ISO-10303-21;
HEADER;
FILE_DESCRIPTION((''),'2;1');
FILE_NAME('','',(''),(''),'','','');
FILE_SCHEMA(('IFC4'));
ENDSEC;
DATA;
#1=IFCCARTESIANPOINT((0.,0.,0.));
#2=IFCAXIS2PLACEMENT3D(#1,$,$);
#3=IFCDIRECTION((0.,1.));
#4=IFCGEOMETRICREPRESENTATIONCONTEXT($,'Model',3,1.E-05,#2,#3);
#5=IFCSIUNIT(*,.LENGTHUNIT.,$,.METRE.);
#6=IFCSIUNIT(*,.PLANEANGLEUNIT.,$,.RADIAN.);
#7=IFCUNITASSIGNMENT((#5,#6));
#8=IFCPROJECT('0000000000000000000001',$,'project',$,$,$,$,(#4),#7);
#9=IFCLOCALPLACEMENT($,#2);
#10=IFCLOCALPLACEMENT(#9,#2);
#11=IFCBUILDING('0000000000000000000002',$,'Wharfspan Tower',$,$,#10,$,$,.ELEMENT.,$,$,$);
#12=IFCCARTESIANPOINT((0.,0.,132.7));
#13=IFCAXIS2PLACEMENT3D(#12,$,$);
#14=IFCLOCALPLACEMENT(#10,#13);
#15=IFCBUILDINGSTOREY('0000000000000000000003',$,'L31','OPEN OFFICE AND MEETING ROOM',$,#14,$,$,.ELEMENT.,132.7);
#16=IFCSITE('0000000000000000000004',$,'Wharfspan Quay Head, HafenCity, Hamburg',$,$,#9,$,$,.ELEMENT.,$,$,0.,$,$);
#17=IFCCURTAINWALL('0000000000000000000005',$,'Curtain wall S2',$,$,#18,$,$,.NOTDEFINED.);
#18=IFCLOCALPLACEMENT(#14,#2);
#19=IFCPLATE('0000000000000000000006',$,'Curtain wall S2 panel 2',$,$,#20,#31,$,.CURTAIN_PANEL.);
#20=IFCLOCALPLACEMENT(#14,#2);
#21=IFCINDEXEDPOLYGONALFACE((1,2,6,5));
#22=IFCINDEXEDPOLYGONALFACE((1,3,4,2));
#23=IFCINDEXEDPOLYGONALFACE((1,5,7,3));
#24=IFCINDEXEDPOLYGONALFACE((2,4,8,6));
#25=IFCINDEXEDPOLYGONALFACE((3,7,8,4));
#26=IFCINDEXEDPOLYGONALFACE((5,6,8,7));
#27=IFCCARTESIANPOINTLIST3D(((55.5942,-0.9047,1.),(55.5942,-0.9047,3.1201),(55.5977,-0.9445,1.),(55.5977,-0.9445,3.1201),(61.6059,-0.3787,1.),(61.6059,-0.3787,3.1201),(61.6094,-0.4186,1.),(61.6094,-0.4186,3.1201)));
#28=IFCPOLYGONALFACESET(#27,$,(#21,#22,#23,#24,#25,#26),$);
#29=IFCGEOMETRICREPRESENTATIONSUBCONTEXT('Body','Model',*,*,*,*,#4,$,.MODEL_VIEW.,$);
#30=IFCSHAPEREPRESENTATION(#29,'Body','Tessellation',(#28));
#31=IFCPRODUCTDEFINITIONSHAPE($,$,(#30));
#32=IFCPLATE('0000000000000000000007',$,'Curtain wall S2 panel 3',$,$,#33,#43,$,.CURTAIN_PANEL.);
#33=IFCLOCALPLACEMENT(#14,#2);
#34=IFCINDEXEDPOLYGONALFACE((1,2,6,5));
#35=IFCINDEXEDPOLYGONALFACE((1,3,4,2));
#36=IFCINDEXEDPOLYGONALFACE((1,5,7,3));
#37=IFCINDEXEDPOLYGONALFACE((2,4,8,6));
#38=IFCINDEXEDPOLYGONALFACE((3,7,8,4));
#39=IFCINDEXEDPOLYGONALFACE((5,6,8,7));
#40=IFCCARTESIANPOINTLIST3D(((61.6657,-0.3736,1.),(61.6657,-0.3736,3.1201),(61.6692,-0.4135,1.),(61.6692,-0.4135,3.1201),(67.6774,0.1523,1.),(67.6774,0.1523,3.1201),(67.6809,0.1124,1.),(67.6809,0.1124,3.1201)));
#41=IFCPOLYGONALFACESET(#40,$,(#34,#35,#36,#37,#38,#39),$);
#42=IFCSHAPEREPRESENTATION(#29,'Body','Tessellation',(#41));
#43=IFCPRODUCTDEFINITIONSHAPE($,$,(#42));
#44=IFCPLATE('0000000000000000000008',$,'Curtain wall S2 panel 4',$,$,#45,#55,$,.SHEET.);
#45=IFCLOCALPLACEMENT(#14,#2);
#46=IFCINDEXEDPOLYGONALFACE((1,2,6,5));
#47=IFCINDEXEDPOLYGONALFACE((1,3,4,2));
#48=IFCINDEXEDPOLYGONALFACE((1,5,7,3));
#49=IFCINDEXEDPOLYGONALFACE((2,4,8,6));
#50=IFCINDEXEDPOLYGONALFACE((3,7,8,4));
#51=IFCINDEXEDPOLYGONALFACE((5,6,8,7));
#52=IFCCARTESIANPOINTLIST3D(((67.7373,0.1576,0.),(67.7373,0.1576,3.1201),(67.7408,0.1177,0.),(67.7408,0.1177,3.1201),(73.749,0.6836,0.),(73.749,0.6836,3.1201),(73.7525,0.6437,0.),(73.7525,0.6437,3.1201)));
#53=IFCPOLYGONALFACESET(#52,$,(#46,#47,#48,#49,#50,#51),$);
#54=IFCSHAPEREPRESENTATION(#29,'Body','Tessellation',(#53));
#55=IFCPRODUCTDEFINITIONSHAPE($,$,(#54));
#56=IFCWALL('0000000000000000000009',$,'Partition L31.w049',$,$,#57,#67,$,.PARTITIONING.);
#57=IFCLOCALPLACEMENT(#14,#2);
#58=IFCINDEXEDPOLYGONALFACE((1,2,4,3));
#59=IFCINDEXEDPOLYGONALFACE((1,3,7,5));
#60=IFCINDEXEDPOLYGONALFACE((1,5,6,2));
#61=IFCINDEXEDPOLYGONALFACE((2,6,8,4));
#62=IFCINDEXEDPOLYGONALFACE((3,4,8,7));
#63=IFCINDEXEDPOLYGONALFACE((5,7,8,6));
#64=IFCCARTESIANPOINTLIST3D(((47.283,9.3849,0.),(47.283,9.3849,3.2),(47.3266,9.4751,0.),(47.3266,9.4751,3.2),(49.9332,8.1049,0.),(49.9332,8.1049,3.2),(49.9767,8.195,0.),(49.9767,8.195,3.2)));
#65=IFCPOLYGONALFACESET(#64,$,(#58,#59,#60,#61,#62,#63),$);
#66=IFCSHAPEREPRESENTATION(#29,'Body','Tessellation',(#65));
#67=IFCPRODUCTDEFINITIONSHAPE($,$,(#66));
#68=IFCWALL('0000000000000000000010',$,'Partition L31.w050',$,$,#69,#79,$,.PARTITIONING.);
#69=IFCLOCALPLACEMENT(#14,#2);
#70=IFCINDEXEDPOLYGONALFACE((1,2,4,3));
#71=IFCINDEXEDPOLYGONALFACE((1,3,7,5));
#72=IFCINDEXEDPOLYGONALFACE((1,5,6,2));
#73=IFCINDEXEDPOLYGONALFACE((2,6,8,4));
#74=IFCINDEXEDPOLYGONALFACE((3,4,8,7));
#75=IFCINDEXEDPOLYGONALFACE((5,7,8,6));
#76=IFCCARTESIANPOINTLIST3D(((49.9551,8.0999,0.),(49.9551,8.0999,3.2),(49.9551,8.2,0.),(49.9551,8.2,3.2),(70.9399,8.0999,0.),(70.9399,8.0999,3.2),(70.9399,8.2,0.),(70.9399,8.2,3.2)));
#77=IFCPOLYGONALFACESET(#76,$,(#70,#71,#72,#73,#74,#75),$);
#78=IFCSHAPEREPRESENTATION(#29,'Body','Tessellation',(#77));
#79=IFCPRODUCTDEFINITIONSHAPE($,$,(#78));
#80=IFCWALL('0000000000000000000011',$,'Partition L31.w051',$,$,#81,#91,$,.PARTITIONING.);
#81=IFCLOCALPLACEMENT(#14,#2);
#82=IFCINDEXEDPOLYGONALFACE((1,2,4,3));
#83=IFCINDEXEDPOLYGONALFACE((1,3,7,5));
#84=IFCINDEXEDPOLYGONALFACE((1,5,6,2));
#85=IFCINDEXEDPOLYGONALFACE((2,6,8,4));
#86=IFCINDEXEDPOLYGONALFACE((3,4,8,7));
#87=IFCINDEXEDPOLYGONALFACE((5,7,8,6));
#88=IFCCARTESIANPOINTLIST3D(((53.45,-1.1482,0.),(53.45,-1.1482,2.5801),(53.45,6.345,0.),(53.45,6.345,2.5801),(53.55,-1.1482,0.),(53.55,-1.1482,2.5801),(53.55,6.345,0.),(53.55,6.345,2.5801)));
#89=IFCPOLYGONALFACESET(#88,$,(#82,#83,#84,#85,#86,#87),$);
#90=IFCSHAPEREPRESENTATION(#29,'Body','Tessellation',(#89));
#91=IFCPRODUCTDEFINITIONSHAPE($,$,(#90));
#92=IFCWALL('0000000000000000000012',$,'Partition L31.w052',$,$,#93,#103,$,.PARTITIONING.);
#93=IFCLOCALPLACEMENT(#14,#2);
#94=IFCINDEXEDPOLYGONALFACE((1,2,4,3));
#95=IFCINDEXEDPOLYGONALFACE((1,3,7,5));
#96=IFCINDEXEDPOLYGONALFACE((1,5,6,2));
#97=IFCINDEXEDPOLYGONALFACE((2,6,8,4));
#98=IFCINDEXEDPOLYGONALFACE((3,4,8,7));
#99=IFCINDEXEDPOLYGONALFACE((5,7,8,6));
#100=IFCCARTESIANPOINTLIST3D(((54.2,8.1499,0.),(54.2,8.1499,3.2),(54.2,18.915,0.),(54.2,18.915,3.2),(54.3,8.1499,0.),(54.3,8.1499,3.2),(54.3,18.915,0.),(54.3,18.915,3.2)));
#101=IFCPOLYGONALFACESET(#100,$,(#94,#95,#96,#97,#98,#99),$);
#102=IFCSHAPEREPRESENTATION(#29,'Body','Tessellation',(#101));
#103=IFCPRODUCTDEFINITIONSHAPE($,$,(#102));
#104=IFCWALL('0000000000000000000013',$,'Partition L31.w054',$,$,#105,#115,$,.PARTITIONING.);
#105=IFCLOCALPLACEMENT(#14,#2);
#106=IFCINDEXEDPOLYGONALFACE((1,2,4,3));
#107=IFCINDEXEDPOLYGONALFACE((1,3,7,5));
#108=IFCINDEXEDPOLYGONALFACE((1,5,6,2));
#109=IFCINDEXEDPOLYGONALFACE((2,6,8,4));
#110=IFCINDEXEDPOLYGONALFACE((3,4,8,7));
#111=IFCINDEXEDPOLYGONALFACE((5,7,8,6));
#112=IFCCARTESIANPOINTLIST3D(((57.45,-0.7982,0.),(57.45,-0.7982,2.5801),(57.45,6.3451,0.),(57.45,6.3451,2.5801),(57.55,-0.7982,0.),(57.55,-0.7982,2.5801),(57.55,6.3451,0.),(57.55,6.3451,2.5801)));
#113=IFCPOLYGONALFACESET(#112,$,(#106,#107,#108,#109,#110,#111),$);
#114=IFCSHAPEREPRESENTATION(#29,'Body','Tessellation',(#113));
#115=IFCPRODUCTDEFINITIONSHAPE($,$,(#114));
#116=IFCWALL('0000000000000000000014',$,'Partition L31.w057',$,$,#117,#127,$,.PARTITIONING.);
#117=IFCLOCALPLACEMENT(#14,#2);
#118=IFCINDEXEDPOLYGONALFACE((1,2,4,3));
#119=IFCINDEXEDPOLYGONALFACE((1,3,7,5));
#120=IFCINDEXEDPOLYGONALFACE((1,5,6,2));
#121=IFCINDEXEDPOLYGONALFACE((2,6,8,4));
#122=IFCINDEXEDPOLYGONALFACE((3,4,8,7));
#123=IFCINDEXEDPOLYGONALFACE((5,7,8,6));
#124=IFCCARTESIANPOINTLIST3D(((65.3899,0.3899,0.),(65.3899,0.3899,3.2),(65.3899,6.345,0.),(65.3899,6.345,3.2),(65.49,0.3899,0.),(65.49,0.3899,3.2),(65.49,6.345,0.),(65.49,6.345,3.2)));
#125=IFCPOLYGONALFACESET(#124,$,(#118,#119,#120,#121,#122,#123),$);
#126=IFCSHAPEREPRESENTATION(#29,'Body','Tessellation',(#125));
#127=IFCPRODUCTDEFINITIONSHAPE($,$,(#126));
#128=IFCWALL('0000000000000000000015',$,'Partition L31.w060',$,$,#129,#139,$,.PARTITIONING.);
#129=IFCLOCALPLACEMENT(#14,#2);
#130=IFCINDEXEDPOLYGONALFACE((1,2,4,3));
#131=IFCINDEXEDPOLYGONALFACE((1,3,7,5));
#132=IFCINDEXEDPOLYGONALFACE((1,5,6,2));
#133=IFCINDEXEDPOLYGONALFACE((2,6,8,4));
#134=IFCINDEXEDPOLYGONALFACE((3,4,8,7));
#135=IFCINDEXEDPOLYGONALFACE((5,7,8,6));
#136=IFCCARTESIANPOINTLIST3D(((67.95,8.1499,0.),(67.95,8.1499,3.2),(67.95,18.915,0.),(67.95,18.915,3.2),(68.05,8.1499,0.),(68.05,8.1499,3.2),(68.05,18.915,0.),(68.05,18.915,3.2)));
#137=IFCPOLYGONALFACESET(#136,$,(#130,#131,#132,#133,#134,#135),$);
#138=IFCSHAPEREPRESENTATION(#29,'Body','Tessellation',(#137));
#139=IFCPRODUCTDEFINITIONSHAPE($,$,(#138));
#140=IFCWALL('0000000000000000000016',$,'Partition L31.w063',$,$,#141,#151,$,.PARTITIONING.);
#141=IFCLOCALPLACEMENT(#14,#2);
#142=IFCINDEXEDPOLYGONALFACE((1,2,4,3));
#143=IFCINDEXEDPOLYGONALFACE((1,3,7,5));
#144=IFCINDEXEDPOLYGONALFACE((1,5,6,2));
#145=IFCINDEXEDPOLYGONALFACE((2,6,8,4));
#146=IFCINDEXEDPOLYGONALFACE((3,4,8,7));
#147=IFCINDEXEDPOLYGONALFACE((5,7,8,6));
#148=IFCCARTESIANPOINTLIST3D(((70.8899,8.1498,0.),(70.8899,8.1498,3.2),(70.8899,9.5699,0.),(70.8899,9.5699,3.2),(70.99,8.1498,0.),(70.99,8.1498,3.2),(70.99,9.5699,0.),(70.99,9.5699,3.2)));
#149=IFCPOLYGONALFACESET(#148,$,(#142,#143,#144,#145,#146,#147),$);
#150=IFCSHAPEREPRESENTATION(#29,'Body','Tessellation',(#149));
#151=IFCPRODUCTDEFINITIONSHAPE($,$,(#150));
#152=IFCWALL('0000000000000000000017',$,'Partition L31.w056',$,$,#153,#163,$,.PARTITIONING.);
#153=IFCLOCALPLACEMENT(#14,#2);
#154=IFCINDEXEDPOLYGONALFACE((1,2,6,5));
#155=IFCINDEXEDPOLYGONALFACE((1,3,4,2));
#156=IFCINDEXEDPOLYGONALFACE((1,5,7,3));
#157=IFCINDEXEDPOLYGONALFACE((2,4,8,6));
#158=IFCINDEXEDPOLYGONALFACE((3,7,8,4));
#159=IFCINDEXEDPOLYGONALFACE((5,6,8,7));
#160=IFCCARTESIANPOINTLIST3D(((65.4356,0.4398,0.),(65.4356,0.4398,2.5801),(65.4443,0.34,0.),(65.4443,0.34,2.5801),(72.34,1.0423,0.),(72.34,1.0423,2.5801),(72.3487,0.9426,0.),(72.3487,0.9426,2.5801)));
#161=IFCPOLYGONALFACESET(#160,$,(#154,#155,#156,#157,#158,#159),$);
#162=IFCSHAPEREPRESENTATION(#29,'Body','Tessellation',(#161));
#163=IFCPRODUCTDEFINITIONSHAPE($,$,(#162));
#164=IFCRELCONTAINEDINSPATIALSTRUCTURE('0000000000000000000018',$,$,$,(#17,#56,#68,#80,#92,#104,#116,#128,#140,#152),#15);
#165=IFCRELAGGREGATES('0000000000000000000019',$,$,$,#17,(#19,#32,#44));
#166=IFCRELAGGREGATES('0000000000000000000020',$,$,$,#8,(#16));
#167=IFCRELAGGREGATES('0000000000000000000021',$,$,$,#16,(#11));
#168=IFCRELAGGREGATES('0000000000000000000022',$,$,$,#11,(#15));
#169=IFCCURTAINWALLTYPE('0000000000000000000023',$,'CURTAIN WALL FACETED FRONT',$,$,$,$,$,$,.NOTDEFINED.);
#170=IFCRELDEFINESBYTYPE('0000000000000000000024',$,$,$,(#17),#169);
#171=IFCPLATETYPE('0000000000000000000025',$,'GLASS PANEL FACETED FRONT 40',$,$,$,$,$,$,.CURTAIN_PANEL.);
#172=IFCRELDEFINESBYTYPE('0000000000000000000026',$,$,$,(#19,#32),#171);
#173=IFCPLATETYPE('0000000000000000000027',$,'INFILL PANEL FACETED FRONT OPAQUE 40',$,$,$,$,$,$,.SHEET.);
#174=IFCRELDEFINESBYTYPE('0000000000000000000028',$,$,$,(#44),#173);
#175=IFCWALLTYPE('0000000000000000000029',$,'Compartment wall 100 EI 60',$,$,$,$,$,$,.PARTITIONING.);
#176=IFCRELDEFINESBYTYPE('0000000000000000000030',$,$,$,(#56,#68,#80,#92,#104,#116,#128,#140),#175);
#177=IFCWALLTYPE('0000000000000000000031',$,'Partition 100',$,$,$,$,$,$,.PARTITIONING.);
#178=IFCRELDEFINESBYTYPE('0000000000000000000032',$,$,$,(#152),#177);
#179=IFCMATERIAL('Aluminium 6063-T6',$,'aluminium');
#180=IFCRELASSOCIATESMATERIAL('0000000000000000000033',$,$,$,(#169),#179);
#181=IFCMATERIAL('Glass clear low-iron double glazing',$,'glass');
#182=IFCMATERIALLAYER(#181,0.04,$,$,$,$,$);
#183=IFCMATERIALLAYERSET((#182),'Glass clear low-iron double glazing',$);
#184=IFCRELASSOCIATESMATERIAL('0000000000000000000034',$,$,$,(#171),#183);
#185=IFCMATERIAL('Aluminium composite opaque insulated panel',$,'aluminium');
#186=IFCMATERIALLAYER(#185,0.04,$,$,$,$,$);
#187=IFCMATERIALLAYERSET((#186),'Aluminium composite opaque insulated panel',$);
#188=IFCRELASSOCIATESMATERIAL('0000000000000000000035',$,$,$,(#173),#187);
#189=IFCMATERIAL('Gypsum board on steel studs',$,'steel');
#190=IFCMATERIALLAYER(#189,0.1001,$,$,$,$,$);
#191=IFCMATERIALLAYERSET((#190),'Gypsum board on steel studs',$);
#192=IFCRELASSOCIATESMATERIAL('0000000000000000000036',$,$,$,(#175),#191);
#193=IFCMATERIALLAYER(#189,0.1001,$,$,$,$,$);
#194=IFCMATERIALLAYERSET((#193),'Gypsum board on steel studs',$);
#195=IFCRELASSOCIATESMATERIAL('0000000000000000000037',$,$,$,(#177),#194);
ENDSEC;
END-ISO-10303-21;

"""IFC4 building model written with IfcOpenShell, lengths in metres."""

from ifc_helpers import new_model, si_unit, direction, frame, frame_2d, origin, origin_2d, place, context, subcontext, project, spatial, rectangle, extrude, material, layer, layer_set, type_object, element, aggregate, save


model = new_model("IFC4")

# Units and contexts
model_context = context("Model", 3, precision=1e-05, world=origin(), true_north=direction((0.0, 1.0)))
body_context = subcontext(model_context, "Body", "Model", "MODEL_VIEW")
ifc_project = project(units=[si_unit("LENGTHUNIT", "METRE"), si_unit("PLANEANGLEUNIT", "RADIAN")], contexts=[model_context])

# Site, building, storey
site_placement = place(None, origin())
site = spatial("IfcSite", under=ifc_project, at=site_placement, Name="Wharfspan Quay Head, HafenCity, Hamburg", CompositionType="ELEMENT", RefElevation=0.0)
building_placement = place(site_placement, origin())
building = spatial("IfcBuilding", under=site, at=building_placement, Name="Wharfspan Tower", CompositionType="ELEMENT")
storey_placement = place(building_placement, frame((0.0, 0.0, 132.7)))
storey = spatial("IfcBuildingStorey", under=building, at=storey_placement, Name="L31", Description="OPEN OFFICE AND MEETING ROOM", CompositionType="ELEMENT", Elevation=132.7)

# Curtain wall, plates
ifc_material_1 = material(Name="Aluminium 6063-T6", Category="aluminium")
curtain_wall_type = type_object("IfcCurtainWallType", Name="CURTAIN WALL FACETED FRONT", PredefinedType="NOTDEFINED", material=ifc_material_1)
curtain_wall_placement = place(storey_placement, origin())
curtain_wall = element("IfcCurtainWall", 1, at=curtain_wall_placement, inside=storey, type_object=curtain_wall_type, Name="Curtain wall S2", PredefinedType="NOTDEFINED")
ifc_material_2 = material(Name="Glass clear low-iron double glazing", Category="glass")
ifc_layer_1 = layer(ifc_material_2, 0.04)
ifc_layer_set_1 = layer_set([ifc_layer_1], Name="Glass clear low-iron double glazing")
plate_type_1 = type_object("IfcPlateType", Name="GLASS PANEL FACETED FRONT 40", PredefinedType="CURTAIN_PANEL", material=ifc_layer_set_1)
plate_1_placement = place(storey_placement, frame((58.6018, -0.6616, 1.0), z_axis=(0.0, 0.0, 1.0), x_axis=(0.996198, 0.087156, 0.0)))
plate_1 = element("IfcPlate", 2, at=plate_1_placement, type_object=plate_type_1, Name="Curtain wall S2 panel 2", PredefinedType="CURTAIN_PANEL", context=body_context, shape_type="SweptSolid", body=[
    extrude(rectangle(XDim=6.0347, YDim=0.04, at=origin_2d()), origin(), (0.0, 0.0, 1.0), 2.1201),
])
plate_2_placement = place(storey_placement, frame((64.6733, -0.1306, 1.0), z_axis=(0.0, 0.0, 1.0), x_axis=(0.996198, 0.087156, 0.0)))
plate_2 = element("IfcPlate", 3, at=plate_2_placement, type_object=plate_type_1, Name="Curtain wall S2 panel 3", PredefinedType="CURTAIN_PANEL", context=body_context, shape_type="SweptSolid", body=[
    extrude(rectangle(XDim=6.0347, YDim=0.04, at=origin_2d()), origin(), (0.0, 0.0, 1.0), 2.1201),
])
ifc_material_3 = material(Name="Aluminium composite opaque insulated panel", Category="aluminium")
ifc_layer_2 = layer(ifc_material_3, 0.04)
ifc_layer_set_2 = layer_set([ifc_layer_2], Name="Aluminium composite opaque insulated panel")
plate_type_2 = type_object("IfcPlateType", Name="INFILL PANEL FACETED FRONT OPAQUE 40", PredefinedType="SHEET", material=ifc_layer_set_2)
plate_3_placement = place(storey_placement, frame((70.7449, 0.4006, 0.0), z_axis=(0.0, 0.0, 1.0), x_axis=(0.996198, 0.087156, 0.0)))
plate_3 = element("IfcPlate", 4, at=plate_3_placement, type_object=plate_type_2, Name="Curtain wall S2 panel 4", PredefinedType="SHEET", context=body_context, shape_type="SweptSolid", body=[
    extrude(rectangle(XDim=6.0347, YDim=0.04, at=origin_2d()), origin(), (0.0, 0.0, 1.0), 3.1201),
])
aggregate(curtain_wall, [plate_1, plate_2, plate_3])

# Walls
ifc_material_4 = material(Name="Gypsum board on steel studs", Category="steel")
ifc_layer_3 = layer(ifc_material_4, 0.1001)
ifc_layer_set_3 = layer_set([ifc_layer_3], Name="Gypsum board on steel studs")
wall_type_1 = type_object("IfcWallType", Name="Compartment wall 100 EI 60", PredefinedType="PARTITIONING", material=ifc_layer_set_3)
wall_1_placement = place(storey_placement, frame((49.9551, 8.1499, 0.0), z_axis=(0.0, 0.0, 1.0), x_axis=(-0.900464, 0.434927, 0.0)))
element("IfcWall", 5, at=wall_1_placement, inside=storey, type_object=wall_type_1, Name="Partition L31.w049", PredefinedType="PARTITIONING", context=body_context, shape_type="SweptSolid", body=[
    extrude(rectangle(XDim=2.9431, YDim=0.1001, at=frame_2d((1.4717, 0.0))), origin(), (0.0, 0.0, 1.0), 3.2),
])
wall_2_placement = place(storey_placement, frame((49.9551, 8.1499, 0.0), z_axis=(0.0, 0.0, 1.0), x_axis=(1.0, 0.0, 0.0)))
element("IfcWall", 6, at=wall_2_placement, inside=storey, type_object=wall_type_1, Name="Partition L31.w050", PredefinedType="PARTITIONING", context=body_context, shape_type="SweptSolid", body=[
    extrude(rectangle(XDim=20.9849, YDim=0.1001, at=frame_2d((10.4924, 0.0))), origin(), (0.0, 0.0, 1.0), 3.2),
])
wall_3_placement = place(storey_placement, frame((53.5, -1.1482, 0.0), z_axis=(0.0, 0.0, 1.0), x_axis=(0.0, 1.0, 0.0)))
element("IfcWall", 7, at=wall_3_placement, inside=storey, type_object=wall_type_1, Name="Partition L31.w051", PredefinedType="PARTITIONING", context=body_context, shape_type="SweptSolid", body=[
    extrude(rectangle(XDim=7.4932, YDim=0.1001, at=frame_2d((3.7466, 0.0))), origin(), (0.0, 0.0, 1.0), 2.5801),
])
wall_4_placement = place(storey_placement, frame((54.25, 8.1499, 0.0), z_axis=(0.0, 0.0, 1.0), x_axis=(0.0, 1.0, 0.0)))
element("IfcWall", 8, at=wall_4_placement, inside=storey, type_object=wall_type_1, Name="Partition L31.w052", PredefinedType="PARTITIONING", context=body_context, shape_type="SweptSolid", body=[
    extrude(rectangle(XDim=10.7651, YDim=0.1001, at=frame_2d((5.3826, 0.0))), origin(), (0.0, 0.0, 1.0), 3.2),
])
wall_5_placement = place(storey_placement, frame((57.5, -0.7983, 0.0), z_axis=(0.0, 0.0, 1.0), x_axis=(0.0, 1.0, 0.0)))
element("IfcWall", 9, at=wall_5_placement, inside=storey, type_object=wall_type_1, Name="Partition L31.w054", PredefinedType="PARTITIONING", context=body_context, shape_type="SweptSolid", body=[
    extrude(rectangle(XDim=7.1433, YDim=0.1001, at=frame_2d((3.5718, 0.0))), origin(), (0.0, 0.0, 1.0), 2.5801),
])
wall_6_placement = place(storey_placement, frame((65.4399, 0.3899, 0.0), z_axis=(0.0, 0.0, 1.0), x_axis=(0.0, 1.0, 0.0)))
element("IfcWall", 10, at=wall_6_placement, inside=storey, type_object=wall_type_1, Name="Partition L31.w057", PredefinedType="PARTITIONING", context=body_context, shape_type="SweptSolid", body=[
    extrude(rectangle(XDim=5.9551, YDim=0.1001, at=frame_2d((2.9775, 0.0))), origin(), (0.0, 0.0, 1.0), 3.2),
])
wall_7_placement = place(storey_placement, frame((68.0, 8.1499, 0.0), z_axis=(0.0, 0.0, 1.0), x_axis=(0.0, 1.0, 0.0)))
element("IfcWall", 11, at=wall_7_placement, inside=storey, type_object=wall_type_1, Name="Partition L31.w060", PredefinedType="PARTITIONING", context=body_context, shape_type="SweptSolid", body=[
    extrude(rectangle(XDim=10.7651, YDim=0.1001, at=frame_2d((5.3826, 0.0))), origin(), (0.0, 0.0, 1.0), 3.2),
])
wall_8_placement = place(storey_placement, frame((70.9399, 8.1499, 0.0), z_axis=(0.0, 0.0, 1.0), x_axis=(0.0, 1.0, 0.0)))
element("IfcWall", 12, at=wall_8_placement, inside=storey, type_object=wall_type_1, Name="Partition L31.w063", PredefinedType="PARTITIONING", context=body_context, shape_type="SweptSolid", body=[
    extrude(rectangle(XDim=1.4202, YDim=0.1001, at=frame_2d((0.71, 0.0))), origin(), (0.0, 0.0, 1.0), 3.2),
])
ifc_layer_4 = layer(ifc_material_4, 0.1001)
ifc_layer_set_4 = layer_set([ifc_layer_4], Name="Gypsum board on steel studs")
wall_type_2 = type_object("IfcWallType", Name="Partition 100", PredefinedType="PARTITIONING", material=ifc_layer_set_4)
wall_9_placement = place(storey_placement, frame((65.4399, 0.3899, 0.0), z_axis=(0.0, 0.0, 1.0), x_axis=(0.996218, 0.086937, 0.0)))
element("IfcWall", 13, at=wall_9_placement, inside=storey, type_object=wall_type_2, Name="Partition L31.w056", PredefinedType="PARTITIONING", context=body_context, shape_type="SweptSolid", body=[
    extrude(rectangle(XDim=6.9307, YDim=0.1001, at=frame_2d((3.4653, 0.0))), origin(), (0.0, 0.0, 1.0), 2.5801),
])

save(model, "model.ifc")
